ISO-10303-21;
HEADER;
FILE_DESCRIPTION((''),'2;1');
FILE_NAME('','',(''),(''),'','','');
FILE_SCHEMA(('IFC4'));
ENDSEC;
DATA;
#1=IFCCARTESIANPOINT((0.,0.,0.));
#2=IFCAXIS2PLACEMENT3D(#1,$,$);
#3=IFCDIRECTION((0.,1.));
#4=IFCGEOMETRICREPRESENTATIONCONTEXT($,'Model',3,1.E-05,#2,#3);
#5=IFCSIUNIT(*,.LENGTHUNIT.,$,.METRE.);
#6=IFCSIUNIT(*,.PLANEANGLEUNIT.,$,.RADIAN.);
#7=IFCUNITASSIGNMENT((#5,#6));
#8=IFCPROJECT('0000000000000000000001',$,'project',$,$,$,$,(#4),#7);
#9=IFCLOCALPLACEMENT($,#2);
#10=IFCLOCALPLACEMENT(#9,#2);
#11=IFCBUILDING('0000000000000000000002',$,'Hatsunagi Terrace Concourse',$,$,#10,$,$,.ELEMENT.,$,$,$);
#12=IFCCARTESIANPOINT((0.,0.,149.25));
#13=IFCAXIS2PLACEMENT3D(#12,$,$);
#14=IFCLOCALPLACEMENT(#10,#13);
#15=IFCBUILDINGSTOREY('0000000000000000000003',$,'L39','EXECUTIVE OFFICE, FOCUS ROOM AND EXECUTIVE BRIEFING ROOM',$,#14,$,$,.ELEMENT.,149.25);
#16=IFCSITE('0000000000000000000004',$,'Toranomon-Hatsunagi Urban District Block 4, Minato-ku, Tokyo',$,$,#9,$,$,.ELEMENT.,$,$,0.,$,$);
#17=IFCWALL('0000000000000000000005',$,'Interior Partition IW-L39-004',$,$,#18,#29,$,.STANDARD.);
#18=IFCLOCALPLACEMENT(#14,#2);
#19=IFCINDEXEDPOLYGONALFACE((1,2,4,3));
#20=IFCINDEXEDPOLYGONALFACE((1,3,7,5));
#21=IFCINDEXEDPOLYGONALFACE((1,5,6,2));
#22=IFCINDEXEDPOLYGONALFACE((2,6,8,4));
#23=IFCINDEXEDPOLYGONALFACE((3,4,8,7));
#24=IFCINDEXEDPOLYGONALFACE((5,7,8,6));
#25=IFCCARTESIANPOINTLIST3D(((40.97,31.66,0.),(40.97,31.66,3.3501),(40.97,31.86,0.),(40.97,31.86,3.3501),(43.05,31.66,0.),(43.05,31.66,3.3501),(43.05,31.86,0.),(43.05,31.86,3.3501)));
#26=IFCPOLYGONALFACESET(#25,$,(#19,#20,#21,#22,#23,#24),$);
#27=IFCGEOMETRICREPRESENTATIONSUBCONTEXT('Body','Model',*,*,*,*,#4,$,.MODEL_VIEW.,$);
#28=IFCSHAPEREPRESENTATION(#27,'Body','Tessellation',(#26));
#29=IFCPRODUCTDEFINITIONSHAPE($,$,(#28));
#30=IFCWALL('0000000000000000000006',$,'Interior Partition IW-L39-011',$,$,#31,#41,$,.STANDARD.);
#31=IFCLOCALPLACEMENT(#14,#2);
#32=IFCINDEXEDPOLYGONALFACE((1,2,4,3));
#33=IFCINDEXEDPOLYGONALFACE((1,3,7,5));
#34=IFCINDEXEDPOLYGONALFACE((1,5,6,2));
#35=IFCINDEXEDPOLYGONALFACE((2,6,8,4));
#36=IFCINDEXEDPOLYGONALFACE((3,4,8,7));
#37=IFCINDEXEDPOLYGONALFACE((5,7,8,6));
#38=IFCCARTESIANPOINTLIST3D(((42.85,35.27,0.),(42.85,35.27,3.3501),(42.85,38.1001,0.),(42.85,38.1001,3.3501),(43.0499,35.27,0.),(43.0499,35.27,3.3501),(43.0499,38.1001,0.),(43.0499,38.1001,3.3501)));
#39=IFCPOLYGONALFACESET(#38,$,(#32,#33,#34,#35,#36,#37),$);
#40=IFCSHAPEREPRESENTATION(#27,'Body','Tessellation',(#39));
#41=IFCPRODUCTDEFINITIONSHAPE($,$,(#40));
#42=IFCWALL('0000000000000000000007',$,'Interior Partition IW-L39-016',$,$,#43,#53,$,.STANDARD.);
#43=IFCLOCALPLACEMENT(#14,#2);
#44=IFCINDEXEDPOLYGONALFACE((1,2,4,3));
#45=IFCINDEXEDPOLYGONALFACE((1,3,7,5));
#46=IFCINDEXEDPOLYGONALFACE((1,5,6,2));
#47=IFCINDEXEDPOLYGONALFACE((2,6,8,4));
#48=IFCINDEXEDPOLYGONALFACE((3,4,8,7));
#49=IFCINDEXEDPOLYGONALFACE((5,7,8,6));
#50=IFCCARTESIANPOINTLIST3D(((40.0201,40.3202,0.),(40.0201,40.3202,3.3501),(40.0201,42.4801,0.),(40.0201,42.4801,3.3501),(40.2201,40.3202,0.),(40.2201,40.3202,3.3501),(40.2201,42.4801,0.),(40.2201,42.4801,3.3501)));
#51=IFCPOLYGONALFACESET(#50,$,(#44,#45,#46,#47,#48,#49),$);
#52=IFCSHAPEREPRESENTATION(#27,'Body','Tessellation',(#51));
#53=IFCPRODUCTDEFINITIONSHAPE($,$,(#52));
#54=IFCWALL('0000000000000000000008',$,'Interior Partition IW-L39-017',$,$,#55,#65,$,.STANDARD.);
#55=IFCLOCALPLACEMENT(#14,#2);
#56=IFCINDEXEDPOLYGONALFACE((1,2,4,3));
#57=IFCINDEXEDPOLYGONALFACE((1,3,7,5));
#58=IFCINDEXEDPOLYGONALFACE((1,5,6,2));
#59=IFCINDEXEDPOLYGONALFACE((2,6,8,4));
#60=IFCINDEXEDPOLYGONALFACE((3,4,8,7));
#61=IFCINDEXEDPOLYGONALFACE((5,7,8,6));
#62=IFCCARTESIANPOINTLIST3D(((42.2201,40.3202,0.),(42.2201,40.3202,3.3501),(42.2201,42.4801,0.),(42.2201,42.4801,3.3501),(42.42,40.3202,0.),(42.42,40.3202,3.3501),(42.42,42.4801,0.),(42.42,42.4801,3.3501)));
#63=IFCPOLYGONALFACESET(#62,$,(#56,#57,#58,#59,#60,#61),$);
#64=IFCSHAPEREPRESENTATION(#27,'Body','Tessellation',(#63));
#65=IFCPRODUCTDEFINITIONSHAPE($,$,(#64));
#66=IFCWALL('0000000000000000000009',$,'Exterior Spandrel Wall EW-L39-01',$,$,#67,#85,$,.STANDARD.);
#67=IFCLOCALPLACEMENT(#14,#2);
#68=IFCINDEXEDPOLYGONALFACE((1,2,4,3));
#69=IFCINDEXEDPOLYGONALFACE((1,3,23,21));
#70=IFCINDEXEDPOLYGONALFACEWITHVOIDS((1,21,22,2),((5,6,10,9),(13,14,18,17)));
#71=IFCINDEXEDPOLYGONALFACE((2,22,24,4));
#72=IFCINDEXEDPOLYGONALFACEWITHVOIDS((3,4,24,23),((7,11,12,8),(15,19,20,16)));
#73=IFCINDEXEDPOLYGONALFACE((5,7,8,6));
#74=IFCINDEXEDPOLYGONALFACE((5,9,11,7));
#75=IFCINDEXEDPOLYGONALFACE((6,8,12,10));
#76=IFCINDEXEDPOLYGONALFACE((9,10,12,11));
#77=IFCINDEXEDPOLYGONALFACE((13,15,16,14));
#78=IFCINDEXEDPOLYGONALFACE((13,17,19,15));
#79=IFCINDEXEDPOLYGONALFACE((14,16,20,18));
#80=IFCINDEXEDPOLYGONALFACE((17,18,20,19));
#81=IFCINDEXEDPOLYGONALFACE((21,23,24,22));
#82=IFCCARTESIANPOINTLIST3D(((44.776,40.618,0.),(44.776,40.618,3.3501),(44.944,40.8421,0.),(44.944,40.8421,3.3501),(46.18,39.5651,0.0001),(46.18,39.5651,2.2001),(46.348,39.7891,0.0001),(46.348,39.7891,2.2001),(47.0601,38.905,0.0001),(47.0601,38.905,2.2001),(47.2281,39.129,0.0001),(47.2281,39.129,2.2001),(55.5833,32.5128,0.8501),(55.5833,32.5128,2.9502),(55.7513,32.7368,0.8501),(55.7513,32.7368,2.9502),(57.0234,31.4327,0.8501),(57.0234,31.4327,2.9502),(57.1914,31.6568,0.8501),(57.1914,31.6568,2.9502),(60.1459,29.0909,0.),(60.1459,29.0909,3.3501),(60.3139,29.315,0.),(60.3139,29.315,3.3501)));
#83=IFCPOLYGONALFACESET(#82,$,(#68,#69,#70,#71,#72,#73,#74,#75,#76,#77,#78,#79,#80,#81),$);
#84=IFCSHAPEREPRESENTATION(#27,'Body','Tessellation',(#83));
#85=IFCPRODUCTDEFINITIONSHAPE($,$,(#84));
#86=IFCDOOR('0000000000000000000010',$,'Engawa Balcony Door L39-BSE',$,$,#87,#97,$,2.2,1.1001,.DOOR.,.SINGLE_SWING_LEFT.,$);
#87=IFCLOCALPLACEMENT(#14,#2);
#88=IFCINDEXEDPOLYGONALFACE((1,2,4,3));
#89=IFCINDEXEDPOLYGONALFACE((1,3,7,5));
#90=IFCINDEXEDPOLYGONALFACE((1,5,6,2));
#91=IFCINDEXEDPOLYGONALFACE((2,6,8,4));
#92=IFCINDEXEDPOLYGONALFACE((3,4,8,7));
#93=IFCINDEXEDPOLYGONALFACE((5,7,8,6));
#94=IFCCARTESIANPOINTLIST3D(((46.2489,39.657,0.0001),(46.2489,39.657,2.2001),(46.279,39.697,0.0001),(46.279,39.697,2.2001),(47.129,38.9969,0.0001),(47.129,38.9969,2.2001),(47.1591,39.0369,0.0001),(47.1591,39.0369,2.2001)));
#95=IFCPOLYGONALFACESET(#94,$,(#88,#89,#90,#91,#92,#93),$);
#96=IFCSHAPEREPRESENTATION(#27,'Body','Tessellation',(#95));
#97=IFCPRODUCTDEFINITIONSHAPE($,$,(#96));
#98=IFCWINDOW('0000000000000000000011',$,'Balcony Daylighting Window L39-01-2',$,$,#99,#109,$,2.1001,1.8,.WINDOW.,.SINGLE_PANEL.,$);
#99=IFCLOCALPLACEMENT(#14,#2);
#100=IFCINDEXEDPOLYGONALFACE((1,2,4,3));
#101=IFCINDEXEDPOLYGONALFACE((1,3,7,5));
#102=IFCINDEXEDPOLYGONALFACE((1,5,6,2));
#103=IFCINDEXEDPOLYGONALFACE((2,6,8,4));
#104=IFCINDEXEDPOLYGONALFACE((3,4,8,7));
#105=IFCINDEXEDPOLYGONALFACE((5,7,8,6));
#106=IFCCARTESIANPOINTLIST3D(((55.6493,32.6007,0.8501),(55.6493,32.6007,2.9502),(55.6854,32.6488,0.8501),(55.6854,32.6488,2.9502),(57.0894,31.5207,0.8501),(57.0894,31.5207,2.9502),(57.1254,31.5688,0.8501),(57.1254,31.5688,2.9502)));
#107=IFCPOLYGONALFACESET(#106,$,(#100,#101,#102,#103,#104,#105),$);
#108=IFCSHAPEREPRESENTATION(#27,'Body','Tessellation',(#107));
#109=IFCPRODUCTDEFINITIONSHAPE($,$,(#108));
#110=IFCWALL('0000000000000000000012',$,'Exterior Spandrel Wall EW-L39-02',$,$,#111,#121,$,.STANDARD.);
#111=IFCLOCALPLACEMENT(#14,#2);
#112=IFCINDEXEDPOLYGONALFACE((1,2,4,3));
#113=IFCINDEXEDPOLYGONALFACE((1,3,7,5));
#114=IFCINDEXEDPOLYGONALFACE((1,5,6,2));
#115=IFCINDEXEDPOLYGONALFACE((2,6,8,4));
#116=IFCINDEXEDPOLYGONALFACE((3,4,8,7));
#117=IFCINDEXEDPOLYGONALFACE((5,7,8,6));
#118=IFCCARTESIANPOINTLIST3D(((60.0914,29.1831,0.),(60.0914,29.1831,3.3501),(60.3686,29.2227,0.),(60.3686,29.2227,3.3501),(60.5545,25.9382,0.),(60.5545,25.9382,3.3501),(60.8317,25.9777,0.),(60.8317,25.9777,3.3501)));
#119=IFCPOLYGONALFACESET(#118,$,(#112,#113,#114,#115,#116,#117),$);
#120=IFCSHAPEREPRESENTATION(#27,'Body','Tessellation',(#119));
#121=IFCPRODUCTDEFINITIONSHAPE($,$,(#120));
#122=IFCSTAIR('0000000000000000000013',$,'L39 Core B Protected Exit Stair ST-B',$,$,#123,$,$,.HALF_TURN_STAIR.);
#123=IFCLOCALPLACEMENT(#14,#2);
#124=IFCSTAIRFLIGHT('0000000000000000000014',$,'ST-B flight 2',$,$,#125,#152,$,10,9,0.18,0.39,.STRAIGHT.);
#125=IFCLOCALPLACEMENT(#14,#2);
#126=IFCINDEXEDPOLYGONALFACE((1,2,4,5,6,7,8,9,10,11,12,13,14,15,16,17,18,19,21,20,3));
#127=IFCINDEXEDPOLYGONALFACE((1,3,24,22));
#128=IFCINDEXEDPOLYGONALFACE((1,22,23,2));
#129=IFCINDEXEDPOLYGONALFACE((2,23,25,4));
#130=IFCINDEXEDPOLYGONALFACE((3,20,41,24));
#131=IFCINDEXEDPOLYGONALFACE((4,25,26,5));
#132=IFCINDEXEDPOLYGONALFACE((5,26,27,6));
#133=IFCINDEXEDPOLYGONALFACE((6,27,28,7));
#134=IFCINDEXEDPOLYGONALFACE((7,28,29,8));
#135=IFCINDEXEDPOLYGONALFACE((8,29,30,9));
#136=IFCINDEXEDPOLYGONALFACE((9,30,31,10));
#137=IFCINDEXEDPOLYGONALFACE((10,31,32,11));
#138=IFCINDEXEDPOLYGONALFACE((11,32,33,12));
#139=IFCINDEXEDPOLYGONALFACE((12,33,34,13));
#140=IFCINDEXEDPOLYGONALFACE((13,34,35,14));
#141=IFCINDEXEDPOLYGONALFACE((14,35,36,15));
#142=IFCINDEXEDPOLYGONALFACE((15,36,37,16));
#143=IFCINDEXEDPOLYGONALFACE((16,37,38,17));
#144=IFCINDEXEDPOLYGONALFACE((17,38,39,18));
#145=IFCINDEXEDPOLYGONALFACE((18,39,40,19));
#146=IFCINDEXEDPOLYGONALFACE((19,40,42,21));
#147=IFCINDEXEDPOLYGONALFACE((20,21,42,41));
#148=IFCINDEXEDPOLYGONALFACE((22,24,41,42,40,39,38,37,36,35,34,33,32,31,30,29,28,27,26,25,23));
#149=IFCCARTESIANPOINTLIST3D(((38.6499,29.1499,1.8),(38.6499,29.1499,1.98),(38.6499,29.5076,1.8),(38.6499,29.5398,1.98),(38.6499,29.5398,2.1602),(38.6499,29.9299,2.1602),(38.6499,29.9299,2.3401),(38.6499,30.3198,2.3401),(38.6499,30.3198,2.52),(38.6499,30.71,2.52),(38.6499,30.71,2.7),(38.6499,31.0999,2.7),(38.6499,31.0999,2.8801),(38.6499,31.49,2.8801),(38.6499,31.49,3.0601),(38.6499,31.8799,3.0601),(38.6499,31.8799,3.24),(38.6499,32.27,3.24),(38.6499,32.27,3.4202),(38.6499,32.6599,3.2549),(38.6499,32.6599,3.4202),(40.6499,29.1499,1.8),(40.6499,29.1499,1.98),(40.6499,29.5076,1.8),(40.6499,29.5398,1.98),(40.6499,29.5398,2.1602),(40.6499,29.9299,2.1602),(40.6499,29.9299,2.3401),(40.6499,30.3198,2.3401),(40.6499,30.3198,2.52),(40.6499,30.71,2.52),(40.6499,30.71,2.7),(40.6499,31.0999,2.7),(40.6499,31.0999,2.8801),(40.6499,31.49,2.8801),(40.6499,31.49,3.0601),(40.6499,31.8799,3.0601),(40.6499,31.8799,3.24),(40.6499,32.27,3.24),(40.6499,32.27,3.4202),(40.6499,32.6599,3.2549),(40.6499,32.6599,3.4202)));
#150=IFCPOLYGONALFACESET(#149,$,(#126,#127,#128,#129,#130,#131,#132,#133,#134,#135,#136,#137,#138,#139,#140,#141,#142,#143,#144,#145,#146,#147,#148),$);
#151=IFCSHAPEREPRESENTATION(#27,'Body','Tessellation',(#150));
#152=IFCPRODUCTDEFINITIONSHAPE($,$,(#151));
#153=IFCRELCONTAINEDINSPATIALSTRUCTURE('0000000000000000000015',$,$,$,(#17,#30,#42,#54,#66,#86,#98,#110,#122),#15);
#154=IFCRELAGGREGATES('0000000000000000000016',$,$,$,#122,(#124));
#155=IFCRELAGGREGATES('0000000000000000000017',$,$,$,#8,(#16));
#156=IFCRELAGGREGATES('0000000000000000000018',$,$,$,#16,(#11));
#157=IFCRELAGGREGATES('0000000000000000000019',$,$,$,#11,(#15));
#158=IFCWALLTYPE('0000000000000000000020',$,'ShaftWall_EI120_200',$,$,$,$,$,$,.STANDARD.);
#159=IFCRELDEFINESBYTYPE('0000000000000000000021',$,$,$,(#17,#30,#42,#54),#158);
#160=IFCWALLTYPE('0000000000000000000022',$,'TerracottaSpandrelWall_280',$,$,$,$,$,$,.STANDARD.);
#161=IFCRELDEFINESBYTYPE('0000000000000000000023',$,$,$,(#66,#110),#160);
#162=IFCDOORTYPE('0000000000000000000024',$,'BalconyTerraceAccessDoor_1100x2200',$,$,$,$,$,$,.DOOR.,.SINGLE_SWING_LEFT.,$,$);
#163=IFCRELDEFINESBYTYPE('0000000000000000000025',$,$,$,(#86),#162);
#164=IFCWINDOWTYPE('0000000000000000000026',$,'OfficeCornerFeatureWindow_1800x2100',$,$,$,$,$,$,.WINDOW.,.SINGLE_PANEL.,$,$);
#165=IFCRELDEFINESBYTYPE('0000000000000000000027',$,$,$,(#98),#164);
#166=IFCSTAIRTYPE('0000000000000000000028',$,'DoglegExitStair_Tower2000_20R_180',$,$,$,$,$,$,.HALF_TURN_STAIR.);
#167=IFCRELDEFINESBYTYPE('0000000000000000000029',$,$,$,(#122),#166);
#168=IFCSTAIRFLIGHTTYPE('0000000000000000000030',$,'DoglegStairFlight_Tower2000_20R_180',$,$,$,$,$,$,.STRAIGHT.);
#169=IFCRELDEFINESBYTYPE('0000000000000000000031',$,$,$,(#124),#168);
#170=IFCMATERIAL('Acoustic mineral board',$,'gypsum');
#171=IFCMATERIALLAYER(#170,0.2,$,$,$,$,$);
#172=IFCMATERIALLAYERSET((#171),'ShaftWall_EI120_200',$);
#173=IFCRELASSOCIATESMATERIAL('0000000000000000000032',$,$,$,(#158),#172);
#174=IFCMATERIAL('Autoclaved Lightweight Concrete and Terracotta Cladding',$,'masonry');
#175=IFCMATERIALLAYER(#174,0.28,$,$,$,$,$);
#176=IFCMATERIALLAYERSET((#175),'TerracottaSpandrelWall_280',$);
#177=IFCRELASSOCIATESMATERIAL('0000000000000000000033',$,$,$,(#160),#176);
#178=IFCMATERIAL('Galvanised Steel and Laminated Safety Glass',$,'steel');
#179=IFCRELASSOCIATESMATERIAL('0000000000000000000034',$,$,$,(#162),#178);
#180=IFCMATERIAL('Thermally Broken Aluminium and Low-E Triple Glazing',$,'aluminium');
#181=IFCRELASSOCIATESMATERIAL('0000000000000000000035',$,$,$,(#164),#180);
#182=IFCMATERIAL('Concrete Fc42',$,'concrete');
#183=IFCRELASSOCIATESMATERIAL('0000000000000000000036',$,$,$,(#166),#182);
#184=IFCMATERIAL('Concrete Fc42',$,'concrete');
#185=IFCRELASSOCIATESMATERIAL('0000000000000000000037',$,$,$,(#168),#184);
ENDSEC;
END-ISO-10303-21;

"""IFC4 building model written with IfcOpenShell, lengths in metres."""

from ifc_helpers import new_model, si_unit, direction, frame, frame_2d, origin, place, context, subcontext, project, spatial, polyline, rectangle, outline, extrude, material, layer, layer_set, type_object, element, fill, aggregate, save


model = new_model("IFC4")

# Units and contexts
model_context = context("Model", 3, precision=1e-05, world=origin(), true_north=direction((0.0, 1.0)))
body_context = subcontext(model_context, "Body", "Model", "MODEL_VIEW")
ifc_project = project(units=[si_unit("LENGTHUNIT", "METRE"), si_unit("PLANEANGLEUNIT", "RADIAN")], contexts=[model_context])

# Site, building, storey
site_placement = place(None, origin())
site = spatial("IfcSite", under=ifc_project, at=site_placement, Name="Toranomon-Hatsunagi Urban District Block 4, Minato-ku, Tokyo", CompositionType="ELEMENT", RefElevation=0.0)
building_placement = place(site_placement, origin())
building = spatial("IfcBuilding", under=site, at=building_placement, Name="Hatsunagi Terrace Concourse", CompositionType="ELEMENT")
storey_placement = place(building_placement, frame((0.0, 0.0, 149.25)))
storey = spatial("IfcBuildingStorey", under=building, at=storey_placement, Name="L39", Description="EXECUTIVE OFFICE, FOCUS ROOM AND EXECUTIVE BRIEFING ROOM", CompositionType="ELEMENT", Elevation=149.25)

# Walls
ifc_material_1 = material(Name="Acoustic mineral board", Category="gypsum")
ifc_layer_1 = layer(ifc_material_1, 0.2)
ifc_layer_set_1 = layer_set([ifc_layer_1], Name="ShaftWall_EI120_200")
wall_type_1 = type_object("IfcWallType", Name="ShaftWall_EI120_200", PredefinedType="STANDARD", material=ifc_layer_set_1)
wall_1_placement = place(storey_placement, frame((40.97, 31.76, 0.0), z_axis=(0.0, 0.0, 1.0), x_axis=(1.0, 0.0, 0.0)))
element("IfcWall", 1, at=wall_1_placement, inside=storey, type_object=wall_type_1, Name="Interior Partition IW-L39-004", PredefinedType="STANDARD", context=body_context, shape_type="SweptSolid", body=[
    extrude(rectangle(XDim=2.0801, YDim=0.2, at=frame_2d((1.04, 0.0))), origin(), (0.0, 0.0, 1.0), 3.3501),
])
wall_2_placement = place(storey_placement, frame((42.95, 35.27, 0.0), z_axis=(0.0, 0.0, 1.0), x_axis=(0.0, 1.0, 0.0)))
element("IfcWall", 2, at=wall_2_placement, inside=storey, type_object=wall_type_1, Name="Interior Partition IW-L39-011", PredefinedType="STANDARD", context=body_context, shape_type="SweptSolid", body=[
    extrude(rectangle(XDim=2.8301, YDim=0.2, at=frame_2d((1.415, 0.0))), origin(), (0.0, 0.0, 1.0), 3.3501),
])
for number, where, z_axis, x_axis, name in (
    (3, (40.1201, 40.3201, 0.0), (0.0, 0.0, 1.0), (0.0, 1.0, 0.0), "Interior Partition IW-L39-016"),
    (4, (42.3201, 40.3201, 0.0), (0.0, 0.0, 1.0), (0.0, 1.0, 0.0), "Interior Partition IW-L39-017"),
):
    element("IfcWall", number, at=place(storey_placement, frame(where, z_axis=z_axis, x_axis=x_axis)), inside=storey, type_object=wall_type_1, Name=name, PredefinedType="STANDARD", context=body_context, shape_type="SweptSolid", body=[
        extrude(rectangle(XDim=2.1599, YDim=0.2, at=frame_2d((1.0801, 0.0))), origin(), (0.0, 0.0, 1.0), 3.3501),
    ])

# Wall, openings, door, window
ifc_material_2 = material(Name="Autoclaved Lightweight Concrete and Terracotta Cladding", Category="masonry")
ifc_layer_2 = layer(ifc_material_2, 0.28)
ifc_layer_set_2 = layer_set([ifc_layer_2], Name="TerracottaSpandrelWall_280")
wall_type_2 = type_object("IfcWallType", Name="TerracottaSpandrelWall_280", PredefinedType="STANDARD", material=ifc_layer_set_2)
wall_3_placement = place(storey_placement, frame((44.8601, 40.73, 0.0), z_axis=(0.0, 0.0, 1.0), x_axis=(0.800008, -0.59999, 0.0)))
wall_3 = element("IfcWall", 5, at=wall_3_placement, inside=storey, type_object=wall_type_2, Name="Exterior Spandrel Wall EW-L39-01", PredefinedType="STANDARD", context=body_context, shape_type="SweptSolid", body=[
    extrude(rectangle(XDim=19.2122, YDim=0.28, at=frame_2d((9.606, 0.0))), origin(), (0.0, 0.0, 1.0), 3.3501),
])
opening_1_placement = place(wall_3_placement, frame((1.7549, 0.0, 0.0)))
opening_1 = element("IfcOpeningElement", 6, at=opening_1_placement, cuts=wall_3, PredefinedType="OPENING", context=body_context, shape_type="SweptSolid", body=[
    extrude(rectangle(XDim=1.1001, YDim=2.2, at=frame_2d((0.55, 1.1001))), frame((0.0, 0.1499, 0.0), z_axis=(0.0, -1.0, 0.0), x_axis=(1.0, 0.0, 0.0)), (0.0, 0.0, 1.0), 0.3),
])
opening_2_placement = place(wall_3_placement, frame((13.509, 0.0, 0.8501)))
opening_2 = element("IfcOpeningElement", 7, at=opening_2_placement, cuts=wall_3, PredefinedType="OPENING", context=body_context, shape_type="SweptSolid", body=[
    extrude(rectangle(XDim=1.8, YDim=2.1001, at=frame_2d((0.8999, 1.05))), frame((0.0, 0.1499, 0.0), z_axis=(0.0, -1.0, 0.0), x_axis=(1.0, 0.0, 0.0)), (0.0, 0.0, 1.0), 0.3),
])
ifc_material_3 = material(Name="Galvanised Steel and Laminated Safety Glass", Category="steel")
door_type_1 = type_object("IfcDoorType", Name="BalconyTerraceAccessDoor_1100x2200", OperationType="SINGLE_SWING_LEFT", PredefinedType="DOOR", material=ifc_material_3)
door_1_placement = place(opening_1_placement, origin())
door_1 = element("IfcDoor", 8, at=door_1_placement, inside=storey, type_object=door_type_1, Name="Engawa Balcony Door L39-BSE", OperationType="SINGLE_SWING_LEFT", OverallHeight=2.2, OverallWidth=1.1001, PredefinedType="DOOR", context=body_context, shape_type="SweptSolid", body=[
    extrude(rectangle(XDim=1.1001, YDim=2.2, at=frame_2d((0.55, 1.1001))), frame((0.0, 0.0249, 0.0), z_axis=(0.0, -1.0, 0.0), x_axis=(1.0, 0.0, 0.0)), (0.0, 0.0, 1.0), 0.05),
])
fill(opening_1, door_1)
ifc_material_4 = material(Name="Thermally Broken Aluminium and Low-E Triple Glazing", Category="aluminium")
window_type = type_object("IfcWindowType", Name="OfficeCornerFeatureWindow_1800x2100", PartitioningType="SINGLE_PANEL", PredefinedType="WINDOW", material=ifc_material_4)
window_placement = place(opening_2_placement, origin())
window = element("IfcWindow", 9, at=window_placement, inside=storey, type_object=window_type, Name="Balcony Daylighting Window L39-01-2", OverallHeight=2.1001, OverallWidth=1.8, PartitioningType="SINGLE_PANEL", PredefinedType="WINDOW", context=body_context, shape_type="SweptSolid", body=[
    extrude(rectangle(XDim=1.8, YDim=2.1001, at=frame_2d((0.8999, 1.05))), frame((0.0, 0.03, 0.0), z_axis=(0.0, -1.0, 0.0), x_axis=(1.0, 0.0, 0.0)), (0.0, 0.0, 1.0), 0.0601),
])
fill(opening_2, window)

# Wall
wall_4_placement = place(storey_placement, frame((60.23, 29.2029, 0.0), z_axis=(0.0, 0.0, 1.0), x_axis=(0.141296, -0.989967, 0.0)))
element("IfcWall", 10, at=wall_4_placement, inside=storey, type_object=wall_type_2, Name="Exterior Spandrel Wall EW-L39-02", PredefinedType="STANDARD", context=body_context, shape_type="SweptSolid", body=[
    extrude(rectangle(XDim=3.2778, YDim=0.28, at=frame_2d((1.6389, 0.0))), origin(), (0.0, 0.0, 1.0), 3.3501),
])

# Stair, stair flight
ifc_material_5 = material(Name="Concrete Fc42", Category="concrete")
stair_type = type_object("IfcStairType", Name="DoglegExitStair_Tower2000_20R_180", PredefinedType="HALF_TURN_STAIR", material=ifc_material_5)
stair_placement = place(storey_placement, origin())
stair = element("IfcStair", 11, at=stair_placement, inside=storey, type_object=stair_type, Name="L39 Core B Protected Exit Stair ST-B", PredefinedType="HALF_TURN_STAIR")
ifc_material_6 = material(Name="Concrete Fc42", Category="concrete")
stair_flight_type = type_object("IfcStairFlightType", Name="DoglegStairFlight_Tower2000_20R_180", PredefinedType="STRAIGHT", material=ifc_material_6)
stair_flight_placement = place(storey_placement, frame((39.6499, 29.1499, 1.8), z_axis=(0.0, 0.0, 1.0), x_axis=(0.0, 1.0, 0.0)))
stair_flight = element("IfcStairFlight", 12, at=stair_flight_placement, type_object=stair_flight_type, Name="ST-B flight 2", NumberOfRisers=10, NumberOfTreads=9, PredefinedType="STRAIGHT", RiserHeight=0.18, TreadLength=0.39, context=body_context, shape_type="SweptSolid", body=[
    extrude(outline(polyline([(0.0, 0.0), (0.0, 0.1799), (0.3899, 0.1799), (0.3899, 0.3601), (0.78, 0.3601), (0.78, 0.54), (1.1699, 0.54), (1.1699, 0.72), (1.5601, 0.72), (1.5601, 0.8999), (1.95, 0.8999), (1.95, 1.0801), (2.3401, 1.0801), (2.3401, 1.26), (2.73, 1.26), (2.73, 1.4399), (3.1201, 1.4399), (3.1201, 1.6201), (3.51, 1.6201), (3.51, 1.8), (3.51, 1.4548), (0.3577, 0.0), (0.0, 0.0)])), frame((0.0, 1.0, 0.0), z_axis=(0.0, -1.0, 0.0), x_axis=(1.0, 0.0, 0.0)), (0.0, 0.0, 1.0), 2.0),
])
aggregate(stair, [stair_flight])

save(model, "model.ifc")
